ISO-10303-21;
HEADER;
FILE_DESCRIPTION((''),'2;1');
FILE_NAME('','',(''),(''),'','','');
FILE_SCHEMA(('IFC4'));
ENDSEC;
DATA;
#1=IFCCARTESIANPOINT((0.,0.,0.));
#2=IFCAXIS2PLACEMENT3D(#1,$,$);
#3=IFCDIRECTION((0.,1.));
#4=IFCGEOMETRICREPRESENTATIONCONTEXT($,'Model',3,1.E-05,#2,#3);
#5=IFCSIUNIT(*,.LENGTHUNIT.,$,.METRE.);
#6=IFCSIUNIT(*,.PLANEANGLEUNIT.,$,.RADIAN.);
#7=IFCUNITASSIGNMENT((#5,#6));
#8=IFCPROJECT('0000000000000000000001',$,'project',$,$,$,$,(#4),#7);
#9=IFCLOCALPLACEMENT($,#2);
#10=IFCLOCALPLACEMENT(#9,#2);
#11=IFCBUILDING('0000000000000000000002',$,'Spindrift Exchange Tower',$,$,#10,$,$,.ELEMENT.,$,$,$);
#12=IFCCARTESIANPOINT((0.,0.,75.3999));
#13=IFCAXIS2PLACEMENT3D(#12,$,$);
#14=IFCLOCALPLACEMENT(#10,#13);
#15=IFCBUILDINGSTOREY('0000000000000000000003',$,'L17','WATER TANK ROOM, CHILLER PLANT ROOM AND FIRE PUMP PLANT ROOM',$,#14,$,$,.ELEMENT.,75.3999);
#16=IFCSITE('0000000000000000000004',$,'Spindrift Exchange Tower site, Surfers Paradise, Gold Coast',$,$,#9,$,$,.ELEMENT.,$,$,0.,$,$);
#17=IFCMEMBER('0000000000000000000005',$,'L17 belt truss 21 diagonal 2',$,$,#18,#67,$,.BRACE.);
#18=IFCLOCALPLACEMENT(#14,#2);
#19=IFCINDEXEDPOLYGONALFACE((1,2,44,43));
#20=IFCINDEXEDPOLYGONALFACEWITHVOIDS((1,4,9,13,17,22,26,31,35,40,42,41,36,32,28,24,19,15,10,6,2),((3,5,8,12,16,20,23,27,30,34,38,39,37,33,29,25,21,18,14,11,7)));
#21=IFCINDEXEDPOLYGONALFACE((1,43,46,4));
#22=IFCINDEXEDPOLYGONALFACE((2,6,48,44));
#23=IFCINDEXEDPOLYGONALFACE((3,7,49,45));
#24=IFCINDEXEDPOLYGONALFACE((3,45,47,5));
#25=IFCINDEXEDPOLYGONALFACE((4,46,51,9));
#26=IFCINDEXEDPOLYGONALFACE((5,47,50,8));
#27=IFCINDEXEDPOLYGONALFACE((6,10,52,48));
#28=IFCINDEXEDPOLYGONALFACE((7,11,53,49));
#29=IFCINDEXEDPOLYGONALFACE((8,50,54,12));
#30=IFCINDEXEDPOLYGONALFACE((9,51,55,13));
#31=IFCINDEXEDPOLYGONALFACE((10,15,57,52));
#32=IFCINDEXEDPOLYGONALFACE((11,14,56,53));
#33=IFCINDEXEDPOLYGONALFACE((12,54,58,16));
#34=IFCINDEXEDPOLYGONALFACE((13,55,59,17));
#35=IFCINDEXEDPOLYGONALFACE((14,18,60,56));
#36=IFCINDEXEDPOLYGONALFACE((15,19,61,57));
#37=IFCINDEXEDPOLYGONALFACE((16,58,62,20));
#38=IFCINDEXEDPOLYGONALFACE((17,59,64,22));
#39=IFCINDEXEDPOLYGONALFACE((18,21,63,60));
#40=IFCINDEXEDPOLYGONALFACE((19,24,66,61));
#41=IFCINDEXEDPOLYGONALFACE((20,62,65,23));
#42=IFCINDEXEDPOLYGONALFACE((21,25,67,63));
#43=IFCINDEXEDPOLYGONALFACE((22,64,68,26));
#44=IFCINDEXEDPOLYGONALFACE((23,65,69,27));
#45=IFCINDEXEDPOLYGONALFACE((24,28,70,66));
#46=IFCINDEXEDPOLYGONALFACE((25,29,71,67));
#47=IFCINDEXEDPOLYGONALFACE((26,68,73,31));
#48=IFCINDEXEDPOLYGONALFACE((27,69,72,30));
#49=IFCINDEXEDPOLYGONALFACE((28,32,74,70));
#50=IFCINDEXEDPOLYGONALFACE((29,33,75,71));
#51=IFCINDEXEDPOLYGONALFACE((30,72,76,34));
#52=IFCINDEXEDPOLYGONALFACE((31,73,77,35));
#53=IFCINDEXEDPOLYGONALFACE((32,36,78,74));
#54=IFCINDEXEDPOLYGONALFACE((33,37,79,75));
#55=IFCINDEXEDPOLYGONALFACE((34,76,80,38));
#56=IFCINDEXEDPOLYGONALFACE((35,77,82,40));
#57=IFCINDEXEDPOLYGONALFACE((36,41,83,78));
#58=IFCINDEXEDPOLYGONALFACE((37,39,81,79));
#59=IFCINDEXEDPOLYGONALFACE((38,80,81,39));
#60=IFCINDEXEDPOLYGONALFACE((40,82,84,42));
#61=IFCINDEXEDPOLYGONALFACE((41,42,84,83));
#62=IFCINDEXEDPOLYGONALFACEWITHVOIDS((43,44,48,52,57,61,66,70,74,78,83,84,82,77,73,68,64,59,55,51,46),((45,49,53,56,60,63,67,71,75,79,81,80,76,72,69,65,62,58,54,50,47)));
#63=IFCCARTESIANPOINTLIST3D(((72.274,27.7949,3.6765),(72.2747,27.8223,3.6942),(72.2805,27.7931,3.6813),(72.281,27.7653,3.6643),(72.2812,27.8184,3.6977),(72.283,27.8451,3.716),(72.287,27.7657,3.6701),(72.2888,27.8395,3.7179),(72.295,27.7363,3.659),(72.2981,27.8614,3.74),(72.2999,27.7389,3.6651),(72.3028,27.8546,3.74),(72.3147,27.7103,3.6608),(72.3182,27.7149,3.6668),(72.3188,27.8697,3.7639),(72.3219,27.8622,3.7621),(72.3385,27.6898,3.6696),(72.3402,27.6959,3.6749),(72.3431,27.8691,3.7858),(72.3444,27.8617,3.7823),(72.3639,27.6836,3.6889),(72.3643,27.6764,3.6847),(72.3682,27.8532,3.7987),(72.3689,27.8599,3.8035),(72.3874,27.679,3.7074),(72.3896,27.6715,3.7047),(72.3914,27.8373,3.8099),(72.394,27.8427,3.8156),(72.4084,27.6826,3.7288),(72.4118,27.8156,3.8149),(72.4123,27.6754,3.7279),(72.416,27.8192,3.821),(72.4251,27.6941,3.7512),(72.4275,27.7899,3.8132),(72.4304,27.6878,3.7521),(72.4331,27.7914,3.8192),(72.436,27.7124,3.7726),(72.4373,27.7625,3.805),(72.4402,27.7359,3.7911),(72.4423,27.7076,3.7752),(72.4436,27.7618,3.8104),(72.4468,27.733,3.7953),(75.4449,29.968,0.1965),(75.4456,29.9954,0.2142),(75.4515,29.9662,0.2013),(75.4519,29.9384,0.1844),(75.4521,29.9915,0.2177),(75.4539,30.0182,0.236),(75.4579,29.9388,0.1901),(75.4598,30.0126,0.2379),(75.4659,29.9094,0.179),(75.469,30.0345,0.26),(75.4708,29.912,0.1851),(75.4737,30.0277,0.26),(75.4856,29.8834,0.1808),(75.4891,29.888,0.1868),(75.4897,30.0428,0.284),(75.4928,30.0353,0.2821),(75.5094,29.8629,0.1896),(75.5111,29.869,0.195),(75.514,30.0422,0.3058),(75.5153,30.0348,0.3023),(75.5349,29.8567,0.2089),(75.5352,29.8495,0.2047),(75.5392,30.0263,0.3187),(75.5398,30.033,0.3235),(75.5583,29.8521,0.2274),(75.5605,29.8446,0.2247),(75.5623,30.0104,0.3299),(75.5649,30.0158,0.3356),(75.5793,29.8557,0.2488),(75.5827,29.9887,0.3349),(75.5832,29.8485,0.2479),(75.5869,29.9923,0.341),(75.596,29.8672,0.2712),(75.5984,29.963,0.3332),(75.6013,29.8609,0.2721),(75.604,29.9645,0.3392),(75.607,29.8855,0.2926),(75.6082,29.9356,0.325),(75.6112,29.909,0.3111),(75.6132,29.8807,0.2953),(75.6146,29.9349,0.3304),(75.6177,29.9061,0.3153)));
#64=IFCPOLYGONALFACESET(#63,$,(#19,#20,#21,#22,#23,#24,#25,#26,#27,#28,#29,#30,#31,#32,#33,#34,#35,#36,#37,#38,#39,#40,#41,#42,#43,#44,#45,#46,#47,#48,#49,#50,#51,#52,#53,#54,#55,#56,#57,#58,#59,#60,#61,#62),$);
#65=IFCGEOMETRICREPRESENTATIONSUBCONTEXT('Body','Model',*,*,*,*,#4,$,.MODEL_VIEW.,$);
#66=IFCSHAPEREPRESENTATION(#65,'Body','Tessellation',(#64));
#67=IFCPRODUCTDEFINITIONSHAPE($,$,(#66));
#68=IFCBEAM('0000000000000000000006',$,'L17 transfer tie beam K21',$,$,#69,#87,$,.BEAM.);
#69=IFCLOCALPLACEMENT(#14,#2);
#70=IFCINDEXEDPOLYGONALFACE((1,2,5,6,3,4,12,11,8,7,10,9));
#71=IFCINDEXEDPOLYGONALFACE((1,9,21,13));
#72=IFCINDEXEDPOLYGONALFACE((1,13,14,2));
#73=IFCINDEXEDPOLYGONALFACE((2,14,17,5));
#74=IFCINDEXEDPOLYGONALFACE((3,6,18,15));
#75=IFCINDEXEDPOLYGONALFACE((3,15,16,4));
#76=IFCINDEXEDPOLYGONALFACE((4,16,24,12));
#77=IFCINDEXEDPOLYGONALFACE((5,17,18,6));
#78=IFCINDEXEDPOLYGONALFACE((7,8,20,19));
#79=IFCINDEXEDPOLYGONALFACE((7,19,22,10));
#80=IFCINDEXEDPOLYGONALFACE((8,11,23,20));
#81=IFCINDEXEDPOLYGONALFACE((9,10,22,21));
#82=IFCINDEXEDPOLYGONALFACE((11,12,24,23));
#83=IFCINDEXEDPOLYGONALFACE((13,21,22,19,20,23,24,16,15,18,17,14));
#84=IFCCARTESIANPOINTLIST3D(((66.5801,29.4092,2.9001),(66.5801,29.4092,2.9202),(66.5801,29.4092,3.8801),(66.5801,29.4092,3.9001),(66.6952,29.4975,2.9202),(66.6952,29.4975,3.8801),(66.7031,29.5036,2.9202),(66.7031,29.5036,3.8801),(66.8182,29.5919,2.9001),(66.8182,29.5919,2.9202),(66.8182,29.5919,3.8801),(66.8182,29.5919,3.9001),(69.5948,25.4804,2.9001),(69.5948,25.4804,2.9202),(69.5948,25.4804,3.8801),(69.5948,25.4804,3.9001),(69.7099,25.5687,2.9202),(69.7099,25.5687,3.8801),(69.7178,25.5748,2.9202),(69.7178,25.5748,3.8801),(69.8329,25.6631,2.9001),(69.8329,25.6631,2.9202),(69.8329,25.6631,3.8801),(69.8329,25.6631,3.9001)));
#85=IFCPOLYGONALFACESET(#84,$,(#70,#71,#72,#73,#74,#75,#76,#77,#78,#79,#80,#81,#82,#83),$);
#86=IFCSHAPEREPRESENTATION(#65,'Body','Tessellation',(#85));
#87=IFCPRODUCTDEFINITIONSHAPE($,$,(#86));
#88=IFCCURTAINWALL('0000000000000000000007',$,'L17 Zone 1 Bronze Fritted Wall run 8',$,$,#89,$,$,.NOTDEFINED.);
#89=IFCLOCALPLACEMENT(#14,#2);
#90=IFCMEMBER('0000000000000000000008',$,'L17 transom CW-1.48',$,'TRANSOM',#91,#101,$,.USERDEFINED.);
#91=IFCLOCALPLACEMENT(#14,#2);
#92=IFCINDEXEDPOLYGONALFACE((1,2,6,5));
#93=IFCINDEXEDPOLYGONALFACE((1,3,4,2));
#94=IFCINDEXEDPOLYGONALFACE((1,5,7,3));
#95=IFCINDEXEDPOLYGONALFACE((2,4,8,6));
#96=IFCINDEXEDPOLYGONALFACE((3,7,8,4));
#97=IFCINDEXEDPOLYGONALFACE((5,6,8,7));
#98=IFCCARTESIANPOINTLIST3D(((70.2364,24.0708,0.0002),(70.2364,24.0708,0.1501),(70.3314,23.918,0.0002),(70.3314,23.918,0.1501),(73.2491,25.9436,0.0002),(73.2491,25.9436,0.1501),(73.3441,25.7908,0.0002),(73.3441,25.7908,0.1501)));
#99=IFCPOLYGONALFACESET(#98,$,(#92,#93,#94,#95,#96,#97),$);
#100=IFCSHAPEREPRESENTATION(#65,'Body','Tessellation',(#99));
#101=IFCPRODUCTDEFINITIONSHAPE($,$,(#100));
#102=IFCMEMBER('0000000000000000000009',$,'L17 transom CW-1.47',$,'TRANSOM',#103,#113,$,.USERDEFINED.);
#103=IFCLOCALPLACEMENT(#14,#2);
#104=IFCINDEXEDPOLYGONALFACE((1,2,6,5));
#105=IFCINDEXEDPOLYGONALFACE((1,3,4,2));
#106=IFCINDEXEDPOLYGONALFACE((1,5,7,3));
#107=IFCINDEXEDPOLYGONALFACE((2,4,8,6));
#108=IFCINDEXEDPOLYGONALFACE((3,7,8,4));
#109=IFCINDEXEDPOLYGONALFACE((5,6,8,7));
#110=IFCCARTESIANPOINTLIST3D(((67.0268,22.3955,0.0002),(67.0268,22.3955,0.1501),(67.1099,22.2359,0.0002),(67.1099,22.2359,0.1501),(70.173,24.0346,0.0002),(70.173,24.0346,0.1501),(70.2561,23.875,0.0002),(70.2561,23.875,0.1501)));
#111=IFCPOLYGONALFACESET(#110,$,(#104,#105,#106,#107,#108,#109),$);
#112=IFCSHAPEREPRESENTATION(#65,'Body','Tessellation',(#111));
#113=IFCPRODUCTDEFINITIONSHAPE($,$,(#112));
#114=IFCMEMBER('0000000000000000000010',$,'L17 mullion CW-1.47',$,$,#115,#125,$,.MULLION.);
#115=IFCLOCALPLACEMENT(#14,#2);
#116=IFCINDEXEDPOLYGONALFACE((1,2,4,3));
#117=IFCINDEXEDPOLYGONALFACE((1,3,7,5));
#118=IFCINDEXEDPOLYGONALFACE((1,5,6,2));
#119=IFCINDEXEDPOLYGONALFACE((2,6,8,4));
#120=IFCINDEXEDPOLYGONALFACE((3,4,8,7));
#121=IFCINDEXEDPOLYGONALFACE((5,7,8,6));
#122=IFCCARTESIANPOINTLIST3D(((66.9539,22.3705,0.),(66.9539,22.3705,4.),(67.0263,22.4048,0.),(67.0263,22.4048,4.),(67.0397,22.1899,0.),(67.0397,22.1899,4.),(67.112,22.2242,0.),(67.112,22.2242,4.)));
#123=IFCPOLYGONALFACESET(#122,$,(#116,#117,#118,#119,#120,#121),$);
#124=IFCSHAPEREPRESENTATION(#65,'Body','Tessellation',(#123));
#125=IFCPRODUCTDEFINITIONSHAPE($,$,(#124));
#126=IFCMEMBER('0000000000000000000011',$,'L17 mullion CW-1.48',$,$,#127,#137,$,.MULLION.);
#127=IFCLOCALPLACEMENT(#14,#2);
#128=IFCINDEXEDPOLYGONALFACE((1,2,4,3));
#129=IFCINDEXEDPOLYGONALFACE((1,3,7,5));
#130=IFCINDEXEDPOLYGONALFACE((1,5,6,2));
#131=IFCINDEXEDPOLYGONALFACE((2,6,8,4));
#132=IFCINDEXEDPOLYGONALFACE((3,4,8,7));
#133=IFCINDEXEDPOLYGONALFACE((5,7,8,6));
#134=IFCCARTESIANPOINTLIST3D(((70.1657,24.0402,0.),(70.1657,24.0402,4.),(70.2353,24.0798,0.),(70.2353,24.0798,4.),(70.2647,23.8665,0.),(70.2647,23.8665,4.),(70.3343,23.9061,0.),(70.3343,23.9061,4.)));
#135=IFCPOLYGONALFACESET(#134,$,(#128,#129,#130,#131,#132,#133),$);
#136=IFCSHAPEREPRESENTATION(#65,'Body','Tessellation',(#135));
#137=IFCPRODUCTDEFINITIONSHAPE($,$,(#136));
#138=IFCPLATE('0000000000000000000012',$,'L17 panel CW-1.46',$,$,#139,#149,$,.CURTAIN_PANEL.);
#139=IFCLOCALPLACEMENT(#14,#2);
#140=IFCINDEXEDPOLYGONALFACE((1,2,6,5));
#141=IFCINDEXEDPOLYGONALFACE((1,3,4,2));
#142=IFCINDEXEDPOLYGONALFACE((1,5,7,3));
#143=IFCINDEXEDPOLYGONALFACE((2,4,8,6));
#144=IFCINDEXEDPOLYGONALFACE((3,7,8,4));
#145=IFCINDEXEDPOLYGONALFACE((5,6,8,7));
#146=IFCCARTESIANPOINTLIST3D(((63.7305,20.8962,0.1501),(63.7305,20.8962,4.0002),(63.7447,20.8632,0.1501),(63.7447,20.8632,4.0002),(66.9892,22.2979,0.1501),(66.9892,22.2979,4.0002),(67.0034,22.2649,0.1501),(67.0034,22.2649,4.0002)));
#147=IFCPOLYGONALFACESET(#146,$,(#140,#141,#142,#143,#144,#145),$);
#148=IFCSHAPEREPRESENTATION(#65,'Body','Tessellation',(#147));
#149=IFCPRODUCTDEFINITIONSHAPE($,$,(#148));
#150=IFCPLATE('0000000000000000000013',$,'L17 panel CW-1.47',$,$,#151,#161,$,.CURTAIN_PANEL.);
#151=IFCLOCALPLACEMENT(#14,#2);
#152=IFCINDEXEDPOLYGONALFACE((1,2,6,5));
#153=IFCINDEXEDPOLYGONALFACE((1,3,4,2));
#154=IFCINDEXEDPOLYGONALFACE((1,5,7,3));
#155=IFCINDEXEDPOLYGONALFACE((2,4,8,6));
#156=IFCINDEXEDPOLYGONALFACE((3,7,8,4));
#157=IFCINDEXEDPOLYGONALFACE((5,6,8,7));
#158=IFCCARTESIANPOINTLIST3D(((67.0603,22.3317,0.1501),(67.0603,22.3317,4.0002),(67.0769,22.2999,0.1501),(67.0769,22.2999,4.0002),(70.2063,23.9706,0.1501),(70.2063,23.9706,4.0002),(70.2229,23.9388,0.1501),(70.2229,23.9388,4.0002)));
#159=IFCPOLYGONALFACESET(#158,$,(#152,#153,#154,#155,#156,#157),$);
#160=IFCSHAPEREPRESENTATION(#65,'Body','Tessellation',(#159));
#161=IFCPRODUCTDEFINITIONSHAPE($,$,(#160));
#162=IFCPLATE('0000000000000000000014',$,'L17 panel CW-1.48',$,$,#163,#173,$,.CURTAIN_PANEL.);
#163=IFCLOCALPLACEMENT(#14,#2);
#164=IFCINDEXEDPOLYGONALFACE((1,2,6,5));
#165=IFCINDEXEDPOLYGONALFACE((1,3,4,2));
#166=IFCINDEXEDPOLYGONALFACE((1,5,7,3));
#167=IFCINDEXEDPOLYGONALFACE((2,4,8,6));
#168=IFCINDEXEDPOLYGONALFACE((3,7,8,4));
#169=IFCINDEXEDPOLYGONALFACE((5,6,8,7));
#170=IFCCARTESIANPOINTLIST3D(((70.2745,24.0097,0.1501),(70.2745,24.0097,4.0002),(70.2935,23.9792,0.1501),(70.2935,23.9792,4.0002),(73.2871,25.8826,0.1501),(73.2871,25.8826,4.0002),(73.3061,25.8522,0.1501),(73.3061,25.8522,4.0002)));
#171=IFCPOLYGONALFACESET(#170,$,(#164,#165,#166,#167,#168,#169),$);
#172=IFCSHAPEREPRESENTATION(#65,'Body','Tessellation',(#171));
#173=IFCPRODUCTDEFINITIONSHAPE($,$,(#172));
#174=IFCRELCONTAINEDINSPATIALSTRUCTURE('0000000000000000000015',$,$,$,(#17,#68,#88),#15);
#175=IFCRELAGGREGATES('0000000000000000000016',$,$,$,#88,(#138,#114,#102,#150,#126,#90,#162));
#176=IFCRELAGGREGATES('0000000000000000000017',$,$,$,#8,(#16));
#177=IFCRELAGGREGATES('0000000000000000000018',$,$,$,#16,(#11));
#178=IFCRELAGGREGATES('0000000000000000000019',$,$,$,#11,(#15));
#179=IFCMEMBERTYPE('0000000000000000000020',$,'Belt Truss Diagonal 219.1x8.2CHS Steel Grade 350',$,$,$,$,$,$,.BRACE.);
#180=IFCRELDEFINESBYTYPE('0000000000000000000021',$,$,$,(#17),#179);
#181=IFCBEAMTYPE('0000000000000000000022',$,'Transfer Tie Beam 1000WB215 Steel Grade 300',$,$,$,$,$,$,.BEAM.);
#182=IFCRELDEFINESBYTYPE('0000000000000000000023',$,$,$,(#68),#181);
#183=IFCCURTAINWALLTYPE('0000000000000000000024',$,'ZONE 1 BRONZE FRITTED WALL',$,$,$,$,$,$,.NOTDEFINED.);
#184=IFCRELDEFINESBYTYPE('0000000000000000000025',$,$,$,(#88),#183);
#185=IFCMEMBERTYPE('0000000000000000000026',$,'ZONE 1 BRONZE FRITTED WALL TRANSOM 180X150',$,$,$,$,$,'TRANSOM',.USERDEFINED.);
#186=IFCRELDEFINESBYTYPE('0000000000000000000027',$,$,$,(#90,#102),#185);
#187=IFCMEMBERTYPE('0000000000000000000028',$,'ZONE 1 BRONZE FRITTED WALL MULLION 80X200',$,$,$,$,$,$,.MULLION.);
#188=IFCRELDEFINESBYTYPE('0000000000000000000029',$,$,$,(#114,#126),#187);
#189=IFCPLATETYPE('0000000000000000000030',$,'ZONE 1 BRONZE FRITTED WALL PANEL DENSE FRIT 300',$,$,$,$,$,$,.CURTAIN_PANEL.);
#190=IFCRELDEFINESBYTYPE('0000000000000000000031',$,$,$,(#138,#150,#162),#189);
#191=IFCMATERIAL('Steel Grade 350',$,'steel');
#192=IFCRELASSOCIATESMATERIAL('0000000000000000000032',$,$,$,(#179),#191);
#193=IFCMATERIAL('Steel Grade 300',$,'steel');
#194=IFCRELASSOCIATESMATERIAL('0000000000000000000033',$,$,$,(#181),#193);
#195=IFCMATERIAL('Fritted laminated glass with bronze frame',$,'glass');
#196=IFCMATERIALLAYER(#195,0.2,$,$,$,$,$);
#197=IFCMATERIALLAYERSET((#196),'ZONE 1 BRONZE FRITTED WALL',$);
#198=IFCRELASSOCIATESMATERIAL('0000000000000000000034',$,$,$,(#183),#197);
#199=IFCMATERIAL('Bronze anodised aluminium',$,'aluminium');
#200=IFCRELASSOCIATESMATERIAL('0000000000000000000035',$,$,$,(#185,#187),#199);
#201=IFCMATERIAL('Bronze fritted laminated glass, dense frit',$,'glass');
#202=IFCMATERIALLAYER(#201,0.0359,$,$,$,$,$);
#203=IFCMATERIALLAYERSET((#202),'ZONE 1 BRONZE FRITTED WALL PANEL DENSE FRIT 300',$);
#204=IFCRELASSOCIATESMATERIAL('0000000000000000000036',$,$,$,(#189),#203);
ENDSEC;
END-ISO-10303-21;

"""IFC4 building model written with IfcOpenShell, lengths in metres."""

from ifc_helpers import new_model, si_unit, direction, frame, origin, origin_2d, place, context, subcontext, project, spatial, rectangle, hollow_circle, i_section, extrude, source, transform, mapped, material, layer, layer_set, material_profile, profile_set, type_object, element, aggregate, save


model = new_model("IFC4")

# Units and contexts
model_context = context("Model", 3, precision=1e-05, world=origin(), true_north=direction((0.0, 1.0)))
body_context = subcontext(model_context, "Body", "Model", "MODEL_VIEW")
ifc_project = project(units=[si_unit("LENGTHUNIT", "METRE"), si_unit("PLANEANGLEUNIT", "RADIAN")], contexts=[model_context])

# Site, building, storey
site_placement = place(None, origin())
site = spatial("IfcSite", under=ifc_project, at=site_placement, Name="Spindrift Exchange Tower site, Surfers Paradise, Gold Coast", CompositionType="ELEMENT", RefElevation=0.0)
building_placement = place(site_placement, origin())
building = spatial("IfcBuilding", under=site, at=building_placement, Name="Spindrift Exchange Tower", CompositionType="ELEMENT")
storey_placement = place(building_placement, frame((0.0, 0.0, 75.3999)))
storey = spatial("IfcBuildingStorey", under=building, at=storey_placement, Name="L17", Description="WATER TANK ROOM, CHILLER PLANT ROOM AND FIRE PUMP PLANT ROOM", CompositionType="ELEMENT", Elevation=75.3999)

# Shared definitions
ifc_material_1 = material(Name="Steel Grade 300", Category="steel")

# Member
ifc_material_2 = material(Name="Steel Grade 350", Category="steel")
ifc_material_profile_1 = material_profile(ifc_material_2, hollow_circle(Radius=0.1096, WallThickness=0.0083, at=origin_2d()), Name="219.1x8.2CHS")
ifc_profile_set_1 = profile_set([ifc_material_profile_1], Name="Steel Grade 350")
member_type_1 = type_object("IfcMemberType", Name="Belt Truss Diagonal 219.1x8.2CHS Steel Grade 350", PredefinedType="BRACE", material=ifc_profile_set_1)
shared_shape_1 = source(origin(), body_context, "Body", "SweptSolid", [
    extrude(hollow_circle(Radius=0.1096, WallThickness=0.0083, at=origin_2d()), origin(), (0.0, 0.0, 1.0), 5.1853),
])
member_1_placement = place(storey_placement, frame((72.3601, 27.771, 3.74), z_axis=(0.611518, 0.419089, -0.671126), x_axis=(-0.56531, 0.824879, 0.0)))
element("IfcMember", 1, at=member_1_placement, inside=storey, type_object=member_type_1, Name="L17 belt truss 21 diagonal 2", PredefinedType="BRACE", context=body_context, shape_type="MappedRepresentation", body=[
    mapped(shared_shape_1, transform((0.0, 0.0, 0.0), scale=1.0)),
])

# Beam
ifc_material_profile_2 = material_profile(ifc_material_1, i_section(OverallWidth=0.3, OverallDepth=1.0, WebThickness=0.01, FlangeThickness=0.02, at=origin_2d()), Name="1000WB215")
ifc_profile_set_2 = profile_set([ifc_material_profile_2], Name="Steel Grade 300")
beam_type_1 = type_object("IfcBeamType", Name="Transfer Tie Beam 1000WB215 Steel Grade 300", PredefinedType="BEAM", material=ifc_profile_set_2)
shared_shape_2 = source(origin(), body_context, "Body", "SweptSolid", [
    extrude(i_section(OverallWidth=0.3, OverallDepth=1.0, WebThickness=0.01, FlangeThickness=0.02, at=origin_2d()), origin(), (0.0, 0.0, 1.0), 4.9521),
])
beam_1_placement = place(storey_placement, frame((69.7139, 25.5718, 3.4001), z_axis=(-0.608767, 0.793349, 0.0), x_axis=(-0.793349, -0.608767, 0.0)))
element("IfcBeam", 2, at=beam_1_placement, inside=storey, type_object=beam_type_1, Name="L17 transfer tie beam K21", PredefinedType="BEAM", context=body_context, shape_type="MappedRepresentation", body=[
    mapped(shared_shape_2, transform((0.0, 0.0, 0.0), scale=1.0)),
])

# Curtain wall, members, plates
ifc_material_3 = material(Name="Fritted laminated glass with bronze frame", Category="glass")
ifc_layer_1 = layer(ifc_material_3, 0.2)
ifc_layer_set_1 = layer_set([ifc_layer_1], Name="ZONE 1 BRONZE FRITTED WALL")
curtain_wall_type = type_object("IfcCurtainWallType", Name="ZONE 1 BRONZE FRITTED WALL", PredefinedType="NOTDEFINED", material=ifc_layer_set_1)
curtain_wall_placement = place(storey_placement, origin())
curtain_wall = element("IfcCurtainWall", 3, at=curtain_wall_placement, inside=storey, type_object=curtain_wall_type, Name="L17 Zone 1 Bronze Fritted Wall run 8", PredefinedType="NOTDEFINED")
ifc_material_4 = material(Name="Bronze anodised aluminium", Category="aluminium")
ifc_material_profile_3 = material_profile(ifc_material_4, rectangle(XDim=0.1799, YDim=0.1499, at=origin_2d()), Name="ZONE 1 BRONZE FRITTED WALL TRANSOM 180X150")
ifc_profile_set_3 = profile_set([ifc_material_profile_3], Name="Bronze anodised aluminium")
member_type_2 = type_object("IfcMemberType", Name="ZONE 1 BRONZE FRITTED WALL TRANSOM 180X150", ElementType="TRANSOM", PredefinedType="USERDEFINED", material=ifc_profile_set_3)
shared_shape_3 = source(origin(), body_context, "Body", "SweptSolid", [
    extrude(rectangle(XDim=0.1799, YDim=0.1499, at=origin_2d()), origin(), (0.0, 0.0, 1.0), 3.5474),
])
member_2_placement = place(storey_placement, frame((70.2839, 23.9944, 0.0752), z_axis=(0.849279, 0.527944, 0.0), x_axis=(-0.527944, 0.849279, 0.0)))
member_2 = element("IfcMember", 4, at=member_2_placement, type_object=member_type_2, Name="L17 transom CW-1.48", ObjectType="TRANSOM", PredefinedType="USERDEFINED", context=body_context, shape_type="MappedRepresentation", body=[
    mapped(shared_shape_3, transform((0.0, 0.0, 0.0), scale=1.0)),
])
shared_shape_4 = source(origin(), body_context, "Body", "SweptSolid", [
    extrude(rectangle(XDim=0.1799, YDim=0.1499, at=origin_2d()), origin(), (0.0, 0.0, 1.0), 3.5476),
])
member_3_placement = place(storey_placement, frame((67.0684, 22.3157, 0.0752), z_axis=(0.886857, 0.462044, 0.0), x_axis=(-0.462044, 0.886857, 0.0)))
member_3 = element("IfcMember", 5, at=member_3_placement, type_object=member_type_2, Name="L17 transom CW-1.47", ObjectType="TRANSOM", PredefinedType="USERDEFINED", context=body_context, shape_type="MappedRepresentation", body=[
    mapped(shared_shape_4, transform((0.0, 0.0, 0.0), scale=1.0)),
])
ifc_material_profile_4 = material_profile(ifc_material_4, rectangle(XDim=0.0801, YDim=0.2, at=origin_2d()), Name="ZONE 1 BRONZE FRITTED WALL MULLION 80X200")
ifc_profile_set_4 = profile_set([ifc_material_profile_4], Name="Bronze anodised aluminium")
member_type_3 = type_object("IfcMemberType", Name="ZONE 1 BRONZE FRITTED WALL MULLION 80X200", PredefinedType="MULLION", material=ifc_profile_set_4)
shared_shape_5 = source(origin(), body_context, "Body", "SweptSolid", [
    extrude(rectangle(XDim=0.0801, YDim=0.2, at=origin_2d()), origin(), (0.0, 0.0, 1.0), 4.0),
])
member_4_placement = place(storey_placement, frame((67.033, 22.2974, 0.0), z_axis=(0.0, 0.0, 1.0), x_axis=(0.903367, 0.428869, 0.0)))
member_4 = element("IfcMember", 6, at=member_4_placement, type_object=member_type_3, Name="L17 mullion CW-1.47", PredefinedType="MULLION", context=body_context, shape_type="MappedRepresentation", body=[
    mapped(shared_shape_5, transform((0.0, 0.0, 0.0), scale=1.0)),
])
member_5_placement = place(storey_placement, frame((70.25, 23.9731, 0.0), z_axis=(0.0, 0.0, 1.0), x_axis=(0.868687, 0.495362, 0.0)))
member_5 = element("IfcMember", 7, at=member_5_placement, type_object=member_type_3, Name="L17 mullion CW-1.48", PredefinedType="MULLION", context=body_context, shape_type="MappedRepresentation", body=[
    mapped(shared_shape_5, transform((0.0, 0.0, 0.0), scale=1.0)),
])
ifc_material_5 = material(Name="Bronze fritted laminated glass, dense frit", Category="glass")
ifc_layer_2 = layer(ifc_material_5, 0.0359)
ifc_layer_set_2 = layer_set([ifc_layer_2], Name="ZONE 1 BRONZE FRITTED WALL PANEL DENSE FRIT 300")
plate_type = type_object("IfcPlateType", Name="ZONE 1 BRONZE FRITTED WALL PANEL DENSE FRIT 300", PredefinedType="CURTAIN_PANEL", material=ifc_layer_set_2)
shared_shape_6 = source(origin(), body_context, "Body", "SweptSolid", [
    extrude(rectangle(XDim=3.5474, YDim=0.0359, at=origin_2d()), origin(), (0.0, 0.0, 1.0), 3.8501),
])
plate_1_placement = place(storey_placement, frame((65.3669, 21.5806, 0.1501), z_axis=(0.0, 0.0, 1.0), x_axis=(0.918624, 0.395133, 0.0)))
plate_1 = element("IfcPlate", 8, at=plate_1_placement, type_object=plate_type, Name="L17 panel CW-1.46", PredefinedType="CURTAIN_PANEL", context=body_context, shape_type="MappedRepresentation", body=[
    mapped(shared_shape_6, transform((0.0, 0.0, 0.0), scale=1.0)),
])
plate_2_placement = place(storey_placement, frame((68.6416, 23.1353, 0.1501), z_axis=(0.0, 0.0, 1.0), x_axis=(0.886871, 0.462016, 0.0)))
plate_2 = element("IfcPlate", 9, at=plate_2_placement, type_object=plate_type, Name="L17 panel CW-1.47", PredefinedType="CURTAIN_PANEL", context=body_context, shape_type="MappedRepresentation", body=[
    mapped(shared_shape_6, transform((0.0, 0.0, 0.0), scale=1.0)),
])
plate_3_placement = place(storey_placement, frame((71.7903, 24.9309, 0.1501), z_axis=(0.0, 0.0, 1.0), x_axis=(0.849249, 0.527992, 0.0)))
plate_3 = element("IfcPlate", 10, at=plate_3_placement, type_object=plate_type, Name="L17 panel CW-1.48", PredefinedType="CURTAIN_PANEL", context=body_context, shape_type="MappedRepresentation", body=[
    mapped(shared_shape_6, transform((0.0, 0.0, 0.0), scale=1.0)),
])
aggregate(curtain_wall, [plate_1, member_4, member_3, plate_2, member_5, member_2, plate_3])

save(model, "model.ifc")
